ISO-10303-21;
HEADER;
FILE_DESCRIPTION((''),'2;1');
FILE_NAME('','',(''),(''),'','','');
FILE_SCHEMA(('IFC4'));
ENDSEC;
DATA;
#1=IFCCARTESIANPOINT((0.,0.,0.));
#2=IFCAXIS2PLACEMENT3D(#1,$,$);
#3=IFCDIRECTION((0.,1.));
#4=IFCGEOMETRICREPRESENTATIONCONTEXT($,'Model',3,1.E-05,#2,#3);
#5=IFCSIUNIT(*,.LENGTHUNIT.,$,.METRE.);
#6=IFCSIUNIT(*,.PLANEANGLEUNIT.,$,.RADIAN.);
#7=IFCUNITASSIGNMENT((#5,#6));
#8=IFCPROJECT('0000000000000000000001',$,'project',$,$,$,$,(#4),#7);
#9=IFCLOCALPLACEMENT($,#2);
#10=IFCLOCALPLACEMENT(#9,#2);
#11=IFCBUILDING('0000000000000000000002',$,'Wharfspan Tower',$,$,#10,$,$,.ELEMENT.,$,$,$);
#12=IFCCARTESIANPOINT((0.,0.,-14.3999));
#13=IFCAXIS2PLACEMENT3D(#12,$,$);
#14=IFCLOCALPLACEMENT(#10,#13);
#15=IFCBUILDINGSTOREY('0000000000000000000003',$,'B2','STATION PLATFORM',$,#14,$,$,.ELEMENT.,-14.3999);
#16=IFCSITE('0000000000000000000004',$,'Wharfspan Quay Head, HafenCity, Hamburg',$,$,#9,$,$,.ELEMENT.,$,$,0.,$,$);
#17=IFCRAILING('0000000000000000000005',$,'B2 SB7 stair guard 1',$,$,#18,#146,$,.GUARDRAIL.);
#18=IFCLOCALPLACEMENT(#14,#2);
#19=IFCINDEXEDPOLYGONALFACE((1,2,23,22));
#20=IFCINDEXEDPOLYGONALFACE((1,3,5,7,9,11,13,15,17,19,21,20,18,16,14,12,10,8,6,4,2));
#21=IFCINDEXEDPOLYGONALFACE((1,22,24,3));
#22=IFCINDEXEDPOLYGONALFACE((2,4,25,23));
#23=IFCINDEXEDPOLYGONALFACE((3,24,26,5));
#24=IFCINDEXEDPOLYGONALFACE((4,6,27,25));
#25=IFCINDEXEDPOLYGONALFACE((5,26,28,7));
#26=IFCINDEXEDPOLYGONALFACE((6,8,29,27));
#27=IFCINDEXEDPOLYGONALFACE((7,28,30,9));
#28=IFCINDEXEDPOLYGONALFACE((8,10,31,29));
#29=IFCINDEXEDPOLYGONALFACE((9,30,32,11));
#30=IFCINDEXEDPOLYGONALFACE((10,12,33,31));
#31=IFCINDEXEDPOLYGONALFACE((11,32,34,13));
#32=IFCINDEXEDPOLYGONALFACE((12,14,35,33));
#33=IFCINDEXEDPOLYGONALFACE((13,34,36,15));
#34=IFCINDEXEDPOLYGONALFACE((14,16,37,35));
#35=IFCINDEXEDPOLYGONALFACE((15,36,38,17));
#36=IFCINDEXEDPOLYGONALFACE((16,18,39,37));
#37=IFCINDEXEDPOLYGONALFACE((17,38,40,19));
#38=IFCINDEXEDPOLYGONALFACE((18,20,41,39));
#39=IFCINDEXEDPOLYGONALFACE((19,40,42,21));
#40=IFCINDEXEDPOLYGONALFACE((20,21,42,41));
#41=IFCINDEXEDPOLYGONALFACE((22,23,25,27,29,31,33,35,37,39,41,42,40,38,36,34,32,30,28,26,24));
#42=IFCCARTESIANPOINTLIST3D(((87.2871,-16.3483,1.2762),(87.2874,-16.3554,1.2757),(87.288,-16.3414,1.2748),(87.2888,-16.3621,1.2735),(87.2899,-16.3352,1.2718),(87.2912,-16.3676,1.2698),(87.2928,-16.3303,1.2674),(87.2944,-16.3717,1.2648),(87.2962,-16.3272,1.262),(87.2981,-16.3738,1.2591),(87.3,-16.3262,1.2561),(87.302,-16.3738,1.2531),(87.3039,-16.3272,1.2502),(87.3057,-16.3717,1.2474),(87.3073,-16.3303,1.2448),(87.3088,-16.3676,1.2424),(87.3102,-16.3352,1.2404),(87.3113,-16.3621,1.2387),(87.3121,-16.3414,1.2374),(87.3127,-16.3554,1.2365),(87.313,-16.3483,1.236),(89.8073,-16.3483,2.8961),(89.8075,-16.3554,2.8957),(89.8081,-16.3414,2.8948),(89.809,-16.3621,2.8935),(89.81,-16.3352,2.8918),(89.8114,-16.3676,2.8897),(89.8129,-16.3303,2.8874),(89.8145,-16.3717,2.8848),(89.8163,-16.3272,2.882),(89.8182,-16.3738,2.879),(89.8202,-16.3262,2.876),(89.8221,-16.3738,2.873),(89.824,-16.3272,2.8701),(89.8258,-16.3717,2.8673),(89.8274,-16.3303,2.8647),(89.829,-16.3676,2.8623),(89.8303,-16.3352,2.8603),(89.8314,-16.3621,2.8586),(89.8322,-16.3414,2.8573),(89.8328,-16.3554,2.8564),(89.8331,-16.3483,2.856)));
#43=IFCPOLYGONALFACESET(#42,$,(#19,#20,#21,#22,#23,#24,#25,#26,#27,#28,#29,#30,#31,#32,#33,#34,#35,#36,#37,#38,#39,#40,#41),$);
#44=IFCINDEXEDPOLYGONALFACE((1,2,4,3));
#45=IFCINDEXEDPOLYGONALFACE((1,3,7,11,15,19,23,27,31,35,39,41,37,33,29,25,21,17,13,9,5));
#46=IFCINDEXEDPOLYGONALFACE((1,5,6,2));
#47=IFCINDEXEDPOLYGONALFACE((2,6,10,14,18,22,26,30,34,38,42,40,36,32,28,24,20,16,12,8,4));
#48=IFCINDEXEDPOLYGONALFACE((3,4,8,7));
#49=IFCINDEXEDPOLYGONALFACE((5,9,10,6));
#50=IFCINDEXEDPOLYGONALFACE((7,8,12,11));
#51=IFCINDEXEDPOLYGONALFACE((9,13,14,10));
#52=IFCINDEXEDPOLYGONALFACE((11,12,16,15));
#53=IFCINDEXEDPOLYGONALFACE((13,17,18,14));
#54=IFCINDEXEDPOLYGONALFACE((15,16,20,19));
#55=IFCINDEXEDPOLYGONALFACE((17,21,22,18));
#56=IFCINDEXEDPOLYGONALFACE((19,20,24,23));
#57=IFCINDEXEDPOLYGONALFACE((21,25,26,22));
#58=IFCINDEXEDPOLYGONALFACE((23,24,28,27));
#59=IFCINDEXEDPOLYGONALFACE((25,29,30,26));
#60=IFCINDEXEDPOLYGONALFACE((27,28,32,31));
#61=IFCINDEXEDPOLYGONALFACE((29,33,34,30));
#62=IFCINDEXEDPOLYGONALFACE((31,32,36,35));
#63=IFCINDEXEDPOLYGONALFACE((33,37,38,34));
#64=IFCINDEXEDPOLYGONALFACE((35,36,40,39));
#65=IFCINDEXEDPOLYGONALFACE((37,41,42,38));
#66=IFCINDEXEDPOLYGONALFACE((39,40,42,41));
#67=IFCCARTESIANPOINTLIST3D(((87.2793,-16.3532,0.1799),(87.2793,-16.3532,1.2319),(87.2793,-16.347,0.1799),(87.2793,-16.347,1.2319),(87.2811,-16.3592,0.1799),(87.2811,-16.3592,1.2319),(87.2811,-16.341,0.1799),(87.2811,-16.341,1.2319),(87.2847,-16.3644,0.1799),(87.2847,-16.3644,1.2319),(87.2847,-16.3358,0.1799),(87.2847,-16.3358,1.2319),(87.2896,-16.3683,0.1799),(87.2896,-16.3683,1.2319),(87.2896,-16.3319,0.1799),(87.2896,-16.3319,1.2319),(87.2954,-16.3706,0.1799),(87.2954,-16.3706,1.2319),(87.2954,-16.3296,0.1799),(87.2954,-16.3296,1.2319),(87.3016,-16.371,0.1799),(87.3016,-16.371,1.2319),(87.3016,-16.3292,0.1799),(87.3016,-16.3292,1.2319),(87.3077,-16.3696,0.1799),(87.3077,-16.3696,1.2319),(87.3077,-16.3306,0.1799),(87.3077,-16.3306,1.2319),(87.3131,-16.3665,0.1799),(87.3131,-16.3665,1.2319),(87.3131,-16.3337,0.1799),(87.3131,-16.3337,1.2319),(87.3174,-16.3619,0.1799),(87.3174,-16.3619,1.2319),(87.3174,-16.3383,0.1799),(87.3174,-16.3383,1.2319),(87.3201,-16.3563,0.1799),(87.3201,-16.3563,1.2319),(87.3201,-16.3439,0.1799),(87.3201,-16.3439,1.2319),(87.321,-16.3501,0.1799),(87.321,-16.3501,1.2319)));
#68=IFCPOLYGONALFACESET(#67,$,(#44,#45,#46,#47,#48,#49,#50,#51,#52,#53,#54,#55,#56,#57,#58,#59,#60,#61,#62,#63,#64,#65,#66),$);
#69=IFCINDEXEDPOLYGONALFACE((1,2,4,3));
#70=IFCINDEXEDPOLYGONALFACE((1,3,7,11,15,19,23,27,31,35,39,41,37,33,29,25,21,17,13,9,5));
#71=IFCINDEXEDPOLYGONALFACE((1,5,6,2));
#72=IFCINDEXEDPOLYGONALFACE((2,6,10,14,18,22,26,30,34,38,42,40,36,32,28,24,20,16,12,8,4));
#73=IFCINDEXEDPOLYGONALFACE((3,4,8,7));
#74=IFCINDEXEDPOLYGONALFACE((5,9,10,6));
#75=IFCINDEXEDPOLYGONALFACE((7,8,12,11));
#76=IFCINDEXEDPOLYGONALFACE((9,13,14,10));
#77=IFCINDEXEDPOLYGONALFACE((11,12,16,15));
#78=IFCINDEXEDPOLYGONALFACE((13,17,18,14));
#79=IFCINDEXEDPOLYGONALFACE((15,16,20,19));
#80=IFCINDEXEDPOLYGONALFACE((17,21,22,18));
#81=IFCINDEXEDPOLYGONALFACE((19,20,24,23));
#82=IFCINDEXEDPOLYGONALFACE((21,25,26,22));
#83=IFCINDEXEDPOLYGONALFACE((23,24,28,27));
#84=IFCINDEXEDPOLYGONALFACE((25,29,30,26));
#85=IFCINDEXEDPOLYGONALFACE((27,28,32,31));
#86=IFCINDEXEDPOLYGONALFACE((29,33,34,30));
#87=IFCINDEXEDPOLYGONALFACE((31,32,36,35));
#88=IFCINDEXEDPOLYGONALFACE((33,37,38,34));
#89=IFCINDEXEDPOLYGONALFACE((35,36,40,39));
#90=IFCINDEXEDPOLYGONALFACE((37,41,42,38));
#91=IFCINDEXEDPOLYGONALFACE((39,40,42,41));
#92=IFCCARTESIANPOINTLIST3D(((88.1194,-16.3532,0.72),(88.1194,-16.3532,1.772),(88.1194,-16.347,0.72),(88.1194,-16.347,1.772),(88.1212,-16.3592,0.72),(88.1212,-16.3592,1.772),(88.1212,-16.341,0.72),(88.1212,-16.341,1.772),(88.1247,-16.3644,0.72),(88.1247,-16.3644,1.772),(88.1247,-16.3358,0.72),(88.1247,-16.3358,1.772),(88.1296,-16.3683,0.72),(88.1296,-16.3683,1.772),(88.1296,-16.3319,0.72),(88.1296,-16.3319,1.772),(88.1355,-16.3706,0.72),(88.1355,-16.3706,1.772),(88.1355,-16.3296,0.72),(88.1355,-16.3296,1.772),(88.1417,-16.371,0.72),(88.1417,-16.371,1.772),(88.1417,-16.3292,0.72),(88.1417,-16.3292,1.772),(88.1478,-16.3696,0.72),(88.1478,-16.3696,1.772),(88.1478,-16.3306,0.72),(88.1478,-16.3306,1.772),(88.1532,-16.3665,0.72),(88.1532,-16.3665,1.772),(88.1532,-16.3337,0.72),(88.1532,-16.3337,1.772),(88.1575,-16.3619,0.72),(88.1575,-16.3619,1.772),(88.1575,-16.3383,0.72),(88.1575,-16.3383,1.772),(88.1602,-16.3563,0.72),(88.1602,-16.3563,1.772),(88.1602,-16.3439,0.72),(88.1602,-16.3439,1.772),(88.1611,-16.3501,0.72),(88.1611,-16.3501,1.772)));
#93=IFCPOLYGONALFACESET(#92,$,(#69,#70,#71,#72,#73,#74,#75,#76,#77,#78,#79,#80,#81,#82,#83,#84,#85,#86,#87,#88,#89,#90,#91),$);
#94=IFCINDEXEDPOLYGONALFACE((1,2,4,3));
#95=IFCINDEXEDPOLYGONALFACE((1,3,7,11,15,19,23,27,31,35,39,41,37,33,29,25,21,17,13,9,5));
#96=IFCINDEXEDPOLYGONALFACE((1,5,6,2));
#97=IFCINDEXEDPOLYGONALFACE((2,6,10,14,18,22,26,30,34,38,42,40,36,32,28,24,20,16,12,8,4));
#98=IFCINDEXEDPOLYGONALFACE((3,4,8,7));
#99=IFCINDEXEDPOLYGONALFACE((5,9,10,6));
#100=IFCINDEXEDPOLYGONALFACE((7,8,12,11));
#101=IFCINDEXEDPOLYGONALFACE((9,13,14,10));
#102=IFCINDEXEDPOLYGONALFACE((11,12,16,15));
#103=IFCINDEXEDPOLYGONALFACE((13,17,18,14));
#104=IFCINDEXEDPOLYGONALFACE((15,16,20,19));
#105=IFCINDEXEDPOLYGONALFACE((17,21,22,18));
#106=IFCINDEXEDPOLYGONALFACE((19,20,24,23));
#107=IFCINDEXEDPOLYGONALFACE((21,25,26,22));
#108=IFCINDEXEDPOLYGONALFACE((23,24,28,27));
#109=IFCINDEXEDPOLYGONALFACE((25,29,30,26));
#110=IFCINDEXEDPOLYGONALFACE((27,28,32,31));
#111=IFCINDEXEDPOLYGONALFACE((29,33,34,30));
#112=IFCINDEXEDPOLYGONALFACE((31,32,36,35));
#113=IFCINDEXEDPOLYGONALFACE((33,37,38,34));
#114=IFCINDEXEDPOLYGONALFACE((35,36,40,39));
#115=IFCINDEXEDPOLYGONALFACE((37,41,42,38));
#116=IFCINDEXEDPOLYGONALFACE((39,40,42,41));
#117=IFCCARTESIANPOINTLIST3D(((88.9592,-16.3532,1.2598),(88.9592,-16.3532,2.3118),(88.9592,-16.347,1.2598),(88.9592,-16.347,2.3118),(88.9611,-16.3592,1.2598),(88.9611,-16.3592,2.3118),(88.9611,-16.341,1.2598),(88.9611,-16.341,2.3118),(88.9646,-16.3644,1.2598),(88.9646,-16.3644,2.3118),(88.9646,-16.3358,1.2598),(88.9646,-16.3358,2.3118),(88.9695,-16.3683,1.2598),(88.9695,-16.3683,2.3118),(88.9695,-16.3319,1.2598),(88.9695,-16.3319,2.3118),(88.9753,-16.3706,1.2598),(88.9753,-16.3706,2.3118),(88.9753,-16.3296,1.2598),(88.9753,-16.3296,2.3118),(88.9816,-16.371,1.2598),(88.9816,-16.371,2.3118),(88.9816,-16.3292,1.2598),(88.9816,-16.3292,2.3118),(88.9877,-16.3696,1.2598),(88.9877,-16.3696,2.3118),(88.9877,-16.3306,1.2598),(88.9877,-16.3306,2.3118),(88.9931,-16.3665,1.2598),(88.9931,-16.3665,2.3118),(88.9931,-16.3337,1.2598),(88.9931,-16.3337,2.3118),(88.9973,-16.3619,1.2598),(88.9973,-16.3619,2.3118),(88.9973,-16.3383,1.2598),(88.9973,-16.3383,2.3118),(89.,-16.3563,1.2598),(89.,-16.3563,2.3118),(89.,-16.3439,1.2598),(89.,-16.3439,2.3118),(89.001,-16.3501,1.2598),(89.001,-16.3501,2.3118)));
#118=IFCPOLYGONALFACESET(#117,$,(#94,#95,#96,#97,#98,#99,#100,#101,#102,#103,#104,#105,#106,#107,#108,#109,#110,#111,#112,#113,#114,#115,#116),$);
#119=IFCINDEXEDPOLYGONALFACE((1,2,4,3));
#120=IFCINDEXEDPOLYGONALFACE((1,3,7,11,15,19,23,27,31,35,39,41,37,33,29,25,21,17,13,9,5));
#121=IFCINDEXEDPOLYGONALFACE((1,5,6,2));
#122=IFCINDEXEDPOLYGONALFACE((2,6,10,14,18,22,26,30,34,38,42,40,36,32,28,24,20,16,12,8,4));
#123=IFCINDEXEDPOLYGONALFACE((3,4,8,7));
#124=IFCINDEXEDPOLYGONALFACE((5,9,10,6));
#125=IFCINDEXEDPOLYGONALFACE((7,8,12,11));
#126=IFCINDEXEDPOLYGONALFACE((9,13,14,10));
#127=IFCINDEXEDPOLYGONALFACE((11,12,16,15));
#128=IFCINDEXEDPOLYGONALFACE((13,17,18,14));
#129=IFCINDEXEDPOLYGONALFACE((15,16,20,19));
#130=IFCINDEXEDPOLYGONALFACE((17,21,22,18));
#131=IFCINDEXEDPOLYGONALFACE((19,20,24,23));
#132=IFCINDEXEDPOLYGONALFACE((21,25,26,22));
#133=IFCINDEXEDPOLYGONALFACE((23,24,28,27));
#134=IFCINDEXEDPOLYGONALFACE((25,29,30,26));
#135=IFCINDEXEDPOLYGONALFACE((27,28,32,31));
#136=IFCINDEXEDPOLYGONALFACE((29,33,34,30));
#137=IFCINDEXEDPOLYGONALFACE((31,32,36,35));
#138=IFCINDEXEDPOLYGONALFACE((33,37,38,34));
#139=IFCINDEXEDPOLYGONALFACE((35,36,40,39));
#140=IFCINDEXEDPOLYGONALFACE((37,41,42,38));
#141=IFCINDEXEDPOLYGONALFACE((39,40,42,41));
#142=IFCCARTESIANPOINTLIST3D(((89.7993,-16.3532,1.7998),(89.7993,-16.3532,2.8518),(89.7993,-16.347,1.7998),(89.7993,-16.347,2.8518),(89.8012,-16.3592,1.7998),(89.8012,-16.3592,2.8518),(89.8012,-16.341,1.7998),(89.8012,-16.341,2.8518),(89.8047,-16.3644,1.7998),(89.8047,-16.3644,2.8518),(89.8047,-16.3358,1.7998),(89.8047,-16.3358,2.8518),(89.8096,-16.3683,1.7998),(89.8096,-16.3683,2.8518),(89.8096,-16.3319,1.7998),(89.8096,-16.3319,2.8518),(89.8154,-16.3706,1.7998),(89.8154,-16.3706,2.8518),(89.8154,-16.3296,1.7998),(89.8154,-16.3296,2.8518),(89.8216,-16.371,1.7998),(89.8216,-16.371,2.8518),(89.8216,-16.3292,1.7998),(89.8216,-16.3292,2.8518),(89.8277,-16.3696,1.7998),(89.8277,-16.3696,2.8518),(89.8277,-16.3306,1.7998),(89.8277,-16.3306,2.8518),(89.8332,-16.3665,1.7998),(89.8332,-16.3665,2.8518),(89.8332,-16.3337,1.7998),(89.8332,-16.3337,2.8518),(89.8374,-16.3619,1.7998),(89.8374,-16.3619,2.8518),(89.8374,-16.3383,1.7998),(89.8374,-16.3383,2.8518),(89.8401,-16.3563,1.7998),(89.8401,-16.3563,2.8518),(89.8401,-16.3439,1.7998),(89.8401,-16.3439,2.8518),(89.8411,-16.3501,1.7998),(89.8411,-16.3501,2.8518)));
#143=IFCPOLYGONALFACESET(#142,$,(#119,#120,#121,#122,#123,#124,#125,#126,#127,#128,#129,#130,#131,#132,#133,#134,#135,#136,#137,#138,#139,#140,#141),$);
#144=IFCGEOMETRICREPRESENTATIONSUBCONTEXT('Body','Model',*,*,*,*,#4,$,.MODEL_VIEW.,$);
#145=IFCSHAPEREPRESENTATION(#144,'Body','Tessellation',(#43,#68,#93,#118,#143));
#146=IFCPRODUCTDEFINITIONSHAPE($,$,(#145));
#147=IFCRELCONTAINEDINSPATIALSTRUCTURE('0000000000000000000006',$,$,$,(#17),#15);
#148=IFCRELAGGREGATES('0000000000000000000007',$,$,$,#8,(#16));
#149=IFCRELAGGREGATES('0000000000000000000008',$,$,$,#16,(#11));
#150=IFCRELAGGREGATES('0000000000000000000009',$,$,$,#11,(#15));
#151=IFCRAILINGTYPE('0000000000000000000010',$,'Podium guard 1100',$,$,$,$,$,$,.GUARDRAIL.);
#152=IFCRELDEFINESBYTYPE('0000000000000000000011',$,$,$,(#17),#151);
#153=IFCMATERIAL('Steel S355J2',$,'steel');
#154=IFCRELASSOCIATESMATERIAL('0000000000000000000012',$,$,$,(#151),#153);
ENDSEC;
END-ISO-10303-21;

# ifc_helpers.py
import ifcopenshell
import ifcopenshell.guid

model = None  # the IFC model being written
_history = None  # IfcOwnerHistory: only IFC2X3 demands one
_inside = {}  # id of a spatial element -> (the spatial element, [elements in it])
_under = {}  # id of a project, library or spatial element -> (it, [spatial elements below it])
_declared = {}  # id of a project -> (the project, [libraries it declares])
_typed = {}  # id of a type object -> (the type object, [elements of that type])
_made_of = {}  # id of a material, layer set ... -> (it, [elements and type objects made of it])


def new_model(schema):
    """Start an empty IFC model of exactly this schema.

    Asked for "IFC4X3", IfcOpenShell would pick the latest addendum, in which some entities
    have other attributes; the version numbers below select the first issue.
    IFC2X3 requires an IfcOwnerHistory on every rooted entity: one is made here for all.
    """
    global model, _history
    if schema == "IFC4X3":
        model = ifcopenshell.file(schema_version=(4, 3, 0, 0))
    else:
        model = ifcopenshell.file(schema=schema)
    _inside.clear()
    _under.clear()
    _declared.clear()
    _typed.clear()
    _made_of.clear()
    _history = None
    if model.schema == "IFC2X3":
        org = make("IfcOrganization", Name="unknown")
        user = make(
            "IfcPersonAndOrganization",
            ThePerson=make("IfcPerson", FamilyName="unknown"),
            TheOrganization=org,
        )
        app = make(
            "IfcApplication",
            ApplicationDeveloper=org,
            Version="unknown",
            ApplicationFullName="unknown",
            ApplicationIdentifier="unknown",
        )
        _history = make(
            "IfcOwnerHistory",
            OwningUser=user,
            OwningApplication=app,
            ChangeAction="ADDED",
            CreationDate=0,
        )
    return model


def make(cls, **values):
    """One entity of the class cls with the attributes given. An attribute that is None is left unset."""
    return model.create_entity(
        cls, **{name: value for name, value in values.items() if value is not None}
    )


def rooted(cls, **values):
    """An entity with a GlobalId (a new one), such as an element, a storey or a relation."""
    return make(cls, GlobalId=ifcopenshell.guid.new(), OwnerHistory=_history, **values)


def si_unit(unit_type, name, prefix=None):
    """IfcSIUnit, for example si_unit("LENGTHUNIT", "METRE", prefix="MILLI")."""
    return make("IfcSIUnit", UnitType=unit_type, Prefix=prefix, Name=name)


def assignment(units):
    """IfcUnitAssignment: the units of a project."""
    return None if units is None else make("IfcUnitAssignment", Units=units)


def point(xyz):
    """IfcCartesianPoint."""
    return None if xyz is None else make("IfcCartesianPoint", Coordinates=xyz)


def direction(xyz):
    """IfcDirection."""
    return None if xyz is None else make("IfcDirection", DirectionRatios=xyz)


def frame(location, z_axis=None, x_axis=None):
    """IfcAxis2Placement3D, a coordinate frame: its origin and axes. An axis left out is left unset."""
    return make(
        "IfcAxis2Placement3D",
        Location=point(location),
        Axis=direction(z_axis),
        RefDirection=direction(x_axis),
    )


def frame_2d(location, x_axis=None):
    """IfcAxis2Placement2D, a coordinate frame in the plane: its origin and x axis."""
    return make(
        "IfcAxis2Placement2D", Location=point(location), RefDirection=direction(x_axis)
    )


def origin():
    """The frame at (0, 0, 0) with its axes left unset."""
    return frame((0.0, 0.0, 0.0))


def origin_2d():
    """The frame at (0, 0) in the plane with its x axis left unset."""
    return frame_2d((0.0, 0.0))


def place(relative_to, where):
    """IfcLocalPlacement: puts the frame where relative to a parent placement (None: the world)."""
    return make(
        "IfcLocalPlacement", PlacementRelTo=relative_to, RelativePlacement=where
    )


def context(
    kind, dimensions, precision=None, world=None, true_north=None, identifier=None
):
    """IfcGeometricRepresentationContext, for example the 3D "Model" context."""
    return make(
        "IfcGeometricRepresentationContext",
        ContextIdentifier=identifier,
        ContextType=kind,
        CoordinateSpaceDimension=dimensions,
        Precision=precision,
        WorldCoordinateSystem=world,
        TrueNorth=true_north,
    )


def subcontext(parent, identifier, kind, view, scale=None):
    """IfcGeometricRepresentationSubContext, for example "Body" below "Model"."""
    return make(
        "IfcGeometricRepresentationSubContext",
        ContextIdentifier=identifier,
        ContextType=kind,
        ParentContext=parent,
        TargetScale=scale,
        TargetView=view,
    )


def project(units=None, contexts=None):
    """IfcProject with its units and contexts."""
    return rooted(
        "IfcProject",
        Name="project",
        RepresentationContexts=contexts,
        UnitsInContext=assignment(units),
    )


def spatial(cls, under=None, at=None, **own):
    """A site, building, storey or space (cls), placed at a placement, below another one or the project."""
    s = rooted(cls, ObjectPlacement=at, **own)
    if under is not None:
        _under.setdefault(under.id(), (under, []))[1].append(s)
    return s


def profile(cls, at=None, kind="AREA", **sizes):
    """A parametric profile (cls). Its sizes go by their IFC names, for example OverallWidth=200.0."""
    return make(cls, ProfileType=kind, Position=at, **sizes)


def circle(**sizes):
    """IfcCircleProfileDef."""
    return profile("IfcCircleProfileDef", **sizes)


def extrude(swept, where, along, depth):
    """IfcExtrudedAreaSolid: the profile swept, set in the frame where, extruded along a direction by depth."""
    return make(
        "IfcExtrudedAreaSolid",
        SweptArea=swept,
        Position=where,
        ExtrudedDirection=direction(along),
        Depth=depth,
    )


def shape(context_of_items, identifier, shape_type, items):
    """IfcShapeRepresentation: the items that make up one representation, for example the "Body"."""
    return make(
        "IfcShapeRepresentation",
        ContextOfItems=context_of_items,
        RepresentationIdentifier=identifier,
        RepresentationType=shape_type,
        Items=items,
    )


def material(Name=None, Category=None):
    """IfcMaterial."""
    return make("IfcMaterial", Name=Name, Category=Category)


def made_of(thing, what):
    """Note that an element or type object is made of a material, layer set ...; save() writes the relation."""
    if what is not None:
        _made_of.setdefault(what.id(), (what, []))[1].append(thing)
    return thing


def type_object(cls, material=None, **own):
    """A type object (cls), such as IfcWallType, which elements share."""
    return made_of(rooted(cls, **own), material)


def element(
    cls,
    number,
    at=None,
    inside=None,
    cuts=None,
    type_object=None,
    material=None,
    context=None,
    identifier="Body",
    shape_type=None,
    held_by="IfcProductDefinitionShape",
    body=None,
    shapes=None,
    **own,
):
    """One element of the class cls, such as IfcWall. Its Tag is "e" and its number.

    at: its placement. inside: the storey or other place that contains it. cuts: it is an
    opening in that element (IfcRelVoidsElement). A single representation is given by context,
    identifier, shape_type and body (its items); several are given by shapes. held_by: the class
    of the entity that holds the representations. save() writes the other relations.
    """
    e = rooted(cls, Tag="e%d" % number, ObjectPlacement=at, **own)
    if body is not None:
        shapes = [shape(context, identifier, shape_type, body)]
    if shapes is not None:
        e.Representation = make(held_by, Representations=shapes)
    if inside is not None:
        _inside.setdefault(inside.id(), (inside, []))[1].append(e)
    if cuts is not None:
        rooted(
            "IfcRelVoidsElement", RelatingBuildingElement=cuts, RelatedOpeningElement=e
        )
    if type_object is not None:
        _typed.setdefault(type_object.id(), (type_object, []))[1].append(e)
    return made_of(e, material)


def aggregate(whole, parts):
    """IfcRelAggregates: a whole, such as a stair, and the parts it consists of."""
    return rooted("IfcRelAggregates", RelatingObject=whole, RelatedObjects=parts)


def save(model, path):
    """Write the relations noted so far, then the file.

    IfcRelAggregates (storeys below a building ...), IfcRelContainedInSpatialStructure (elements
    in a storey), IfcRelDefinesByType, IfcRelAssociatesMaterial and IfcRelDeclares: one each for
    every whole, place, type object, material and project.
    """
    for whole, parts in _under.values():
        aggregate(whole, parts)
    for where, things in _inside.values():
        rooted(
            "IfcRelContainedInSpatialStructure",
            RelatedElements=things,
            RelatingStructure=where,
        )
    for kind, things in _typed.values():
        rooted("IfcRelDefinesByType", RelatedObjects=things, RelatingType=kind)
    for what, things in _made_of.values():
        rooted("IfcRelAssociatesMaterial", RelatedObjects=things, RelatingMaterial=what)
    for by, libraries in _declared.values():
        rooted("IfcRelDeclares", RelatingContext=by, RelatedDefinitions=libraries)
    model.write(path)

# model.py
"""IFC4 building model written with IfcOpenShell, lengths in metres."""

from ifc_helpers import new_model, si_unit, direction, frame, origin, origin_2d, place, context, subcontext, project, spatial, circle, extrude, material, type_object, element, save


model = new_model("IFC4")

# Units and contexts
model_context = context("Model", 3, precision=1e-05, world=origin(), true_north=direction((0.0, 1.0)))
body_context = subcontext(model_context, "Body", "Model", "MODEL_VIEW")
ifc_project = project(units=[si_unit("LENGTHUNIT", "METRE"), si_unit("PLANEANGLEUNIT", "RADIAN")], contexts=[model_context])

# Site, building, storey
site_placement = place(None, origin())
site = spatial("IfcSite", under=ifc_project, at=site_placement, Name="Wharfspan Quay Head, HafenCity, Hamburg", CompositionType="ELEMENT", RefElevation=0.0)
building_placement = place(site_placement, origin())
building = spatial("IfcBuilding", under=site, at=building_placement, Name="Wharfspan Tower", CompositionType="ELEMENT")
storey_placement = place(building_placement, frame((0.0, 0.0, -14.3999)))
storey = spatial("IfcBuildingStorey", under=building, at=storey_placement, Name="B2", Description="STATION PLATFORM", CompositionType="ELEMENT", Elevation=-14.3999)

# Railing
ifc_material_1 = material(Name="Steel S355J2", Category="steel")
railing_type_1 = type_object("IfcRailingType", Name="Podium guard 1100", PredefinedType="GUARDRAIL", material=ifc_material_1)
railing_1_placement = place(storey_placement, frame((87.3, -16.3501, 0.1799)))
element("IfcRailing", 1, at=railing_1_placement, inside=storey, type_object=railing_type_1, Name="B2 SB7 stair guard 1", PredefinedType="GUARDRAIL", context=body_context, shape_type="SweptSolid", body=[
    extrude(circle(Radius=0.0239, at=origin_2d()), frame((0.0, 0.0, 1.0762), z_axis=(0.8412, 0.0, 0.540725), x_axis=(0.0, 1.0, 0.0)), (0.0, 0.0, 1.0), 2.9958),
    extrude(circle(Radius=0.021, at=origin_2d()), origin(), (0.0, 0.0, 1.0), 1.052),
    extrude(circle(Radius=0.021, at=origin_2d()), frame((0.8401, 0.0, 0.54)), (0.0, 0.0, 1.0), 1.052),
    extrude(circle(Radius=0.021, at=origin_2d()), frame((1.6799, 0.0, 1.0798)), (0.0, 0.0, 1.0), 1.052),
    extrude(circle(Radius=0.021, at=origin_2d()), frame((2.52, 0.0, 1.6199)), (0.0, 0.0, 1.0), 1.052),
])

save(model, "model.ifc")
